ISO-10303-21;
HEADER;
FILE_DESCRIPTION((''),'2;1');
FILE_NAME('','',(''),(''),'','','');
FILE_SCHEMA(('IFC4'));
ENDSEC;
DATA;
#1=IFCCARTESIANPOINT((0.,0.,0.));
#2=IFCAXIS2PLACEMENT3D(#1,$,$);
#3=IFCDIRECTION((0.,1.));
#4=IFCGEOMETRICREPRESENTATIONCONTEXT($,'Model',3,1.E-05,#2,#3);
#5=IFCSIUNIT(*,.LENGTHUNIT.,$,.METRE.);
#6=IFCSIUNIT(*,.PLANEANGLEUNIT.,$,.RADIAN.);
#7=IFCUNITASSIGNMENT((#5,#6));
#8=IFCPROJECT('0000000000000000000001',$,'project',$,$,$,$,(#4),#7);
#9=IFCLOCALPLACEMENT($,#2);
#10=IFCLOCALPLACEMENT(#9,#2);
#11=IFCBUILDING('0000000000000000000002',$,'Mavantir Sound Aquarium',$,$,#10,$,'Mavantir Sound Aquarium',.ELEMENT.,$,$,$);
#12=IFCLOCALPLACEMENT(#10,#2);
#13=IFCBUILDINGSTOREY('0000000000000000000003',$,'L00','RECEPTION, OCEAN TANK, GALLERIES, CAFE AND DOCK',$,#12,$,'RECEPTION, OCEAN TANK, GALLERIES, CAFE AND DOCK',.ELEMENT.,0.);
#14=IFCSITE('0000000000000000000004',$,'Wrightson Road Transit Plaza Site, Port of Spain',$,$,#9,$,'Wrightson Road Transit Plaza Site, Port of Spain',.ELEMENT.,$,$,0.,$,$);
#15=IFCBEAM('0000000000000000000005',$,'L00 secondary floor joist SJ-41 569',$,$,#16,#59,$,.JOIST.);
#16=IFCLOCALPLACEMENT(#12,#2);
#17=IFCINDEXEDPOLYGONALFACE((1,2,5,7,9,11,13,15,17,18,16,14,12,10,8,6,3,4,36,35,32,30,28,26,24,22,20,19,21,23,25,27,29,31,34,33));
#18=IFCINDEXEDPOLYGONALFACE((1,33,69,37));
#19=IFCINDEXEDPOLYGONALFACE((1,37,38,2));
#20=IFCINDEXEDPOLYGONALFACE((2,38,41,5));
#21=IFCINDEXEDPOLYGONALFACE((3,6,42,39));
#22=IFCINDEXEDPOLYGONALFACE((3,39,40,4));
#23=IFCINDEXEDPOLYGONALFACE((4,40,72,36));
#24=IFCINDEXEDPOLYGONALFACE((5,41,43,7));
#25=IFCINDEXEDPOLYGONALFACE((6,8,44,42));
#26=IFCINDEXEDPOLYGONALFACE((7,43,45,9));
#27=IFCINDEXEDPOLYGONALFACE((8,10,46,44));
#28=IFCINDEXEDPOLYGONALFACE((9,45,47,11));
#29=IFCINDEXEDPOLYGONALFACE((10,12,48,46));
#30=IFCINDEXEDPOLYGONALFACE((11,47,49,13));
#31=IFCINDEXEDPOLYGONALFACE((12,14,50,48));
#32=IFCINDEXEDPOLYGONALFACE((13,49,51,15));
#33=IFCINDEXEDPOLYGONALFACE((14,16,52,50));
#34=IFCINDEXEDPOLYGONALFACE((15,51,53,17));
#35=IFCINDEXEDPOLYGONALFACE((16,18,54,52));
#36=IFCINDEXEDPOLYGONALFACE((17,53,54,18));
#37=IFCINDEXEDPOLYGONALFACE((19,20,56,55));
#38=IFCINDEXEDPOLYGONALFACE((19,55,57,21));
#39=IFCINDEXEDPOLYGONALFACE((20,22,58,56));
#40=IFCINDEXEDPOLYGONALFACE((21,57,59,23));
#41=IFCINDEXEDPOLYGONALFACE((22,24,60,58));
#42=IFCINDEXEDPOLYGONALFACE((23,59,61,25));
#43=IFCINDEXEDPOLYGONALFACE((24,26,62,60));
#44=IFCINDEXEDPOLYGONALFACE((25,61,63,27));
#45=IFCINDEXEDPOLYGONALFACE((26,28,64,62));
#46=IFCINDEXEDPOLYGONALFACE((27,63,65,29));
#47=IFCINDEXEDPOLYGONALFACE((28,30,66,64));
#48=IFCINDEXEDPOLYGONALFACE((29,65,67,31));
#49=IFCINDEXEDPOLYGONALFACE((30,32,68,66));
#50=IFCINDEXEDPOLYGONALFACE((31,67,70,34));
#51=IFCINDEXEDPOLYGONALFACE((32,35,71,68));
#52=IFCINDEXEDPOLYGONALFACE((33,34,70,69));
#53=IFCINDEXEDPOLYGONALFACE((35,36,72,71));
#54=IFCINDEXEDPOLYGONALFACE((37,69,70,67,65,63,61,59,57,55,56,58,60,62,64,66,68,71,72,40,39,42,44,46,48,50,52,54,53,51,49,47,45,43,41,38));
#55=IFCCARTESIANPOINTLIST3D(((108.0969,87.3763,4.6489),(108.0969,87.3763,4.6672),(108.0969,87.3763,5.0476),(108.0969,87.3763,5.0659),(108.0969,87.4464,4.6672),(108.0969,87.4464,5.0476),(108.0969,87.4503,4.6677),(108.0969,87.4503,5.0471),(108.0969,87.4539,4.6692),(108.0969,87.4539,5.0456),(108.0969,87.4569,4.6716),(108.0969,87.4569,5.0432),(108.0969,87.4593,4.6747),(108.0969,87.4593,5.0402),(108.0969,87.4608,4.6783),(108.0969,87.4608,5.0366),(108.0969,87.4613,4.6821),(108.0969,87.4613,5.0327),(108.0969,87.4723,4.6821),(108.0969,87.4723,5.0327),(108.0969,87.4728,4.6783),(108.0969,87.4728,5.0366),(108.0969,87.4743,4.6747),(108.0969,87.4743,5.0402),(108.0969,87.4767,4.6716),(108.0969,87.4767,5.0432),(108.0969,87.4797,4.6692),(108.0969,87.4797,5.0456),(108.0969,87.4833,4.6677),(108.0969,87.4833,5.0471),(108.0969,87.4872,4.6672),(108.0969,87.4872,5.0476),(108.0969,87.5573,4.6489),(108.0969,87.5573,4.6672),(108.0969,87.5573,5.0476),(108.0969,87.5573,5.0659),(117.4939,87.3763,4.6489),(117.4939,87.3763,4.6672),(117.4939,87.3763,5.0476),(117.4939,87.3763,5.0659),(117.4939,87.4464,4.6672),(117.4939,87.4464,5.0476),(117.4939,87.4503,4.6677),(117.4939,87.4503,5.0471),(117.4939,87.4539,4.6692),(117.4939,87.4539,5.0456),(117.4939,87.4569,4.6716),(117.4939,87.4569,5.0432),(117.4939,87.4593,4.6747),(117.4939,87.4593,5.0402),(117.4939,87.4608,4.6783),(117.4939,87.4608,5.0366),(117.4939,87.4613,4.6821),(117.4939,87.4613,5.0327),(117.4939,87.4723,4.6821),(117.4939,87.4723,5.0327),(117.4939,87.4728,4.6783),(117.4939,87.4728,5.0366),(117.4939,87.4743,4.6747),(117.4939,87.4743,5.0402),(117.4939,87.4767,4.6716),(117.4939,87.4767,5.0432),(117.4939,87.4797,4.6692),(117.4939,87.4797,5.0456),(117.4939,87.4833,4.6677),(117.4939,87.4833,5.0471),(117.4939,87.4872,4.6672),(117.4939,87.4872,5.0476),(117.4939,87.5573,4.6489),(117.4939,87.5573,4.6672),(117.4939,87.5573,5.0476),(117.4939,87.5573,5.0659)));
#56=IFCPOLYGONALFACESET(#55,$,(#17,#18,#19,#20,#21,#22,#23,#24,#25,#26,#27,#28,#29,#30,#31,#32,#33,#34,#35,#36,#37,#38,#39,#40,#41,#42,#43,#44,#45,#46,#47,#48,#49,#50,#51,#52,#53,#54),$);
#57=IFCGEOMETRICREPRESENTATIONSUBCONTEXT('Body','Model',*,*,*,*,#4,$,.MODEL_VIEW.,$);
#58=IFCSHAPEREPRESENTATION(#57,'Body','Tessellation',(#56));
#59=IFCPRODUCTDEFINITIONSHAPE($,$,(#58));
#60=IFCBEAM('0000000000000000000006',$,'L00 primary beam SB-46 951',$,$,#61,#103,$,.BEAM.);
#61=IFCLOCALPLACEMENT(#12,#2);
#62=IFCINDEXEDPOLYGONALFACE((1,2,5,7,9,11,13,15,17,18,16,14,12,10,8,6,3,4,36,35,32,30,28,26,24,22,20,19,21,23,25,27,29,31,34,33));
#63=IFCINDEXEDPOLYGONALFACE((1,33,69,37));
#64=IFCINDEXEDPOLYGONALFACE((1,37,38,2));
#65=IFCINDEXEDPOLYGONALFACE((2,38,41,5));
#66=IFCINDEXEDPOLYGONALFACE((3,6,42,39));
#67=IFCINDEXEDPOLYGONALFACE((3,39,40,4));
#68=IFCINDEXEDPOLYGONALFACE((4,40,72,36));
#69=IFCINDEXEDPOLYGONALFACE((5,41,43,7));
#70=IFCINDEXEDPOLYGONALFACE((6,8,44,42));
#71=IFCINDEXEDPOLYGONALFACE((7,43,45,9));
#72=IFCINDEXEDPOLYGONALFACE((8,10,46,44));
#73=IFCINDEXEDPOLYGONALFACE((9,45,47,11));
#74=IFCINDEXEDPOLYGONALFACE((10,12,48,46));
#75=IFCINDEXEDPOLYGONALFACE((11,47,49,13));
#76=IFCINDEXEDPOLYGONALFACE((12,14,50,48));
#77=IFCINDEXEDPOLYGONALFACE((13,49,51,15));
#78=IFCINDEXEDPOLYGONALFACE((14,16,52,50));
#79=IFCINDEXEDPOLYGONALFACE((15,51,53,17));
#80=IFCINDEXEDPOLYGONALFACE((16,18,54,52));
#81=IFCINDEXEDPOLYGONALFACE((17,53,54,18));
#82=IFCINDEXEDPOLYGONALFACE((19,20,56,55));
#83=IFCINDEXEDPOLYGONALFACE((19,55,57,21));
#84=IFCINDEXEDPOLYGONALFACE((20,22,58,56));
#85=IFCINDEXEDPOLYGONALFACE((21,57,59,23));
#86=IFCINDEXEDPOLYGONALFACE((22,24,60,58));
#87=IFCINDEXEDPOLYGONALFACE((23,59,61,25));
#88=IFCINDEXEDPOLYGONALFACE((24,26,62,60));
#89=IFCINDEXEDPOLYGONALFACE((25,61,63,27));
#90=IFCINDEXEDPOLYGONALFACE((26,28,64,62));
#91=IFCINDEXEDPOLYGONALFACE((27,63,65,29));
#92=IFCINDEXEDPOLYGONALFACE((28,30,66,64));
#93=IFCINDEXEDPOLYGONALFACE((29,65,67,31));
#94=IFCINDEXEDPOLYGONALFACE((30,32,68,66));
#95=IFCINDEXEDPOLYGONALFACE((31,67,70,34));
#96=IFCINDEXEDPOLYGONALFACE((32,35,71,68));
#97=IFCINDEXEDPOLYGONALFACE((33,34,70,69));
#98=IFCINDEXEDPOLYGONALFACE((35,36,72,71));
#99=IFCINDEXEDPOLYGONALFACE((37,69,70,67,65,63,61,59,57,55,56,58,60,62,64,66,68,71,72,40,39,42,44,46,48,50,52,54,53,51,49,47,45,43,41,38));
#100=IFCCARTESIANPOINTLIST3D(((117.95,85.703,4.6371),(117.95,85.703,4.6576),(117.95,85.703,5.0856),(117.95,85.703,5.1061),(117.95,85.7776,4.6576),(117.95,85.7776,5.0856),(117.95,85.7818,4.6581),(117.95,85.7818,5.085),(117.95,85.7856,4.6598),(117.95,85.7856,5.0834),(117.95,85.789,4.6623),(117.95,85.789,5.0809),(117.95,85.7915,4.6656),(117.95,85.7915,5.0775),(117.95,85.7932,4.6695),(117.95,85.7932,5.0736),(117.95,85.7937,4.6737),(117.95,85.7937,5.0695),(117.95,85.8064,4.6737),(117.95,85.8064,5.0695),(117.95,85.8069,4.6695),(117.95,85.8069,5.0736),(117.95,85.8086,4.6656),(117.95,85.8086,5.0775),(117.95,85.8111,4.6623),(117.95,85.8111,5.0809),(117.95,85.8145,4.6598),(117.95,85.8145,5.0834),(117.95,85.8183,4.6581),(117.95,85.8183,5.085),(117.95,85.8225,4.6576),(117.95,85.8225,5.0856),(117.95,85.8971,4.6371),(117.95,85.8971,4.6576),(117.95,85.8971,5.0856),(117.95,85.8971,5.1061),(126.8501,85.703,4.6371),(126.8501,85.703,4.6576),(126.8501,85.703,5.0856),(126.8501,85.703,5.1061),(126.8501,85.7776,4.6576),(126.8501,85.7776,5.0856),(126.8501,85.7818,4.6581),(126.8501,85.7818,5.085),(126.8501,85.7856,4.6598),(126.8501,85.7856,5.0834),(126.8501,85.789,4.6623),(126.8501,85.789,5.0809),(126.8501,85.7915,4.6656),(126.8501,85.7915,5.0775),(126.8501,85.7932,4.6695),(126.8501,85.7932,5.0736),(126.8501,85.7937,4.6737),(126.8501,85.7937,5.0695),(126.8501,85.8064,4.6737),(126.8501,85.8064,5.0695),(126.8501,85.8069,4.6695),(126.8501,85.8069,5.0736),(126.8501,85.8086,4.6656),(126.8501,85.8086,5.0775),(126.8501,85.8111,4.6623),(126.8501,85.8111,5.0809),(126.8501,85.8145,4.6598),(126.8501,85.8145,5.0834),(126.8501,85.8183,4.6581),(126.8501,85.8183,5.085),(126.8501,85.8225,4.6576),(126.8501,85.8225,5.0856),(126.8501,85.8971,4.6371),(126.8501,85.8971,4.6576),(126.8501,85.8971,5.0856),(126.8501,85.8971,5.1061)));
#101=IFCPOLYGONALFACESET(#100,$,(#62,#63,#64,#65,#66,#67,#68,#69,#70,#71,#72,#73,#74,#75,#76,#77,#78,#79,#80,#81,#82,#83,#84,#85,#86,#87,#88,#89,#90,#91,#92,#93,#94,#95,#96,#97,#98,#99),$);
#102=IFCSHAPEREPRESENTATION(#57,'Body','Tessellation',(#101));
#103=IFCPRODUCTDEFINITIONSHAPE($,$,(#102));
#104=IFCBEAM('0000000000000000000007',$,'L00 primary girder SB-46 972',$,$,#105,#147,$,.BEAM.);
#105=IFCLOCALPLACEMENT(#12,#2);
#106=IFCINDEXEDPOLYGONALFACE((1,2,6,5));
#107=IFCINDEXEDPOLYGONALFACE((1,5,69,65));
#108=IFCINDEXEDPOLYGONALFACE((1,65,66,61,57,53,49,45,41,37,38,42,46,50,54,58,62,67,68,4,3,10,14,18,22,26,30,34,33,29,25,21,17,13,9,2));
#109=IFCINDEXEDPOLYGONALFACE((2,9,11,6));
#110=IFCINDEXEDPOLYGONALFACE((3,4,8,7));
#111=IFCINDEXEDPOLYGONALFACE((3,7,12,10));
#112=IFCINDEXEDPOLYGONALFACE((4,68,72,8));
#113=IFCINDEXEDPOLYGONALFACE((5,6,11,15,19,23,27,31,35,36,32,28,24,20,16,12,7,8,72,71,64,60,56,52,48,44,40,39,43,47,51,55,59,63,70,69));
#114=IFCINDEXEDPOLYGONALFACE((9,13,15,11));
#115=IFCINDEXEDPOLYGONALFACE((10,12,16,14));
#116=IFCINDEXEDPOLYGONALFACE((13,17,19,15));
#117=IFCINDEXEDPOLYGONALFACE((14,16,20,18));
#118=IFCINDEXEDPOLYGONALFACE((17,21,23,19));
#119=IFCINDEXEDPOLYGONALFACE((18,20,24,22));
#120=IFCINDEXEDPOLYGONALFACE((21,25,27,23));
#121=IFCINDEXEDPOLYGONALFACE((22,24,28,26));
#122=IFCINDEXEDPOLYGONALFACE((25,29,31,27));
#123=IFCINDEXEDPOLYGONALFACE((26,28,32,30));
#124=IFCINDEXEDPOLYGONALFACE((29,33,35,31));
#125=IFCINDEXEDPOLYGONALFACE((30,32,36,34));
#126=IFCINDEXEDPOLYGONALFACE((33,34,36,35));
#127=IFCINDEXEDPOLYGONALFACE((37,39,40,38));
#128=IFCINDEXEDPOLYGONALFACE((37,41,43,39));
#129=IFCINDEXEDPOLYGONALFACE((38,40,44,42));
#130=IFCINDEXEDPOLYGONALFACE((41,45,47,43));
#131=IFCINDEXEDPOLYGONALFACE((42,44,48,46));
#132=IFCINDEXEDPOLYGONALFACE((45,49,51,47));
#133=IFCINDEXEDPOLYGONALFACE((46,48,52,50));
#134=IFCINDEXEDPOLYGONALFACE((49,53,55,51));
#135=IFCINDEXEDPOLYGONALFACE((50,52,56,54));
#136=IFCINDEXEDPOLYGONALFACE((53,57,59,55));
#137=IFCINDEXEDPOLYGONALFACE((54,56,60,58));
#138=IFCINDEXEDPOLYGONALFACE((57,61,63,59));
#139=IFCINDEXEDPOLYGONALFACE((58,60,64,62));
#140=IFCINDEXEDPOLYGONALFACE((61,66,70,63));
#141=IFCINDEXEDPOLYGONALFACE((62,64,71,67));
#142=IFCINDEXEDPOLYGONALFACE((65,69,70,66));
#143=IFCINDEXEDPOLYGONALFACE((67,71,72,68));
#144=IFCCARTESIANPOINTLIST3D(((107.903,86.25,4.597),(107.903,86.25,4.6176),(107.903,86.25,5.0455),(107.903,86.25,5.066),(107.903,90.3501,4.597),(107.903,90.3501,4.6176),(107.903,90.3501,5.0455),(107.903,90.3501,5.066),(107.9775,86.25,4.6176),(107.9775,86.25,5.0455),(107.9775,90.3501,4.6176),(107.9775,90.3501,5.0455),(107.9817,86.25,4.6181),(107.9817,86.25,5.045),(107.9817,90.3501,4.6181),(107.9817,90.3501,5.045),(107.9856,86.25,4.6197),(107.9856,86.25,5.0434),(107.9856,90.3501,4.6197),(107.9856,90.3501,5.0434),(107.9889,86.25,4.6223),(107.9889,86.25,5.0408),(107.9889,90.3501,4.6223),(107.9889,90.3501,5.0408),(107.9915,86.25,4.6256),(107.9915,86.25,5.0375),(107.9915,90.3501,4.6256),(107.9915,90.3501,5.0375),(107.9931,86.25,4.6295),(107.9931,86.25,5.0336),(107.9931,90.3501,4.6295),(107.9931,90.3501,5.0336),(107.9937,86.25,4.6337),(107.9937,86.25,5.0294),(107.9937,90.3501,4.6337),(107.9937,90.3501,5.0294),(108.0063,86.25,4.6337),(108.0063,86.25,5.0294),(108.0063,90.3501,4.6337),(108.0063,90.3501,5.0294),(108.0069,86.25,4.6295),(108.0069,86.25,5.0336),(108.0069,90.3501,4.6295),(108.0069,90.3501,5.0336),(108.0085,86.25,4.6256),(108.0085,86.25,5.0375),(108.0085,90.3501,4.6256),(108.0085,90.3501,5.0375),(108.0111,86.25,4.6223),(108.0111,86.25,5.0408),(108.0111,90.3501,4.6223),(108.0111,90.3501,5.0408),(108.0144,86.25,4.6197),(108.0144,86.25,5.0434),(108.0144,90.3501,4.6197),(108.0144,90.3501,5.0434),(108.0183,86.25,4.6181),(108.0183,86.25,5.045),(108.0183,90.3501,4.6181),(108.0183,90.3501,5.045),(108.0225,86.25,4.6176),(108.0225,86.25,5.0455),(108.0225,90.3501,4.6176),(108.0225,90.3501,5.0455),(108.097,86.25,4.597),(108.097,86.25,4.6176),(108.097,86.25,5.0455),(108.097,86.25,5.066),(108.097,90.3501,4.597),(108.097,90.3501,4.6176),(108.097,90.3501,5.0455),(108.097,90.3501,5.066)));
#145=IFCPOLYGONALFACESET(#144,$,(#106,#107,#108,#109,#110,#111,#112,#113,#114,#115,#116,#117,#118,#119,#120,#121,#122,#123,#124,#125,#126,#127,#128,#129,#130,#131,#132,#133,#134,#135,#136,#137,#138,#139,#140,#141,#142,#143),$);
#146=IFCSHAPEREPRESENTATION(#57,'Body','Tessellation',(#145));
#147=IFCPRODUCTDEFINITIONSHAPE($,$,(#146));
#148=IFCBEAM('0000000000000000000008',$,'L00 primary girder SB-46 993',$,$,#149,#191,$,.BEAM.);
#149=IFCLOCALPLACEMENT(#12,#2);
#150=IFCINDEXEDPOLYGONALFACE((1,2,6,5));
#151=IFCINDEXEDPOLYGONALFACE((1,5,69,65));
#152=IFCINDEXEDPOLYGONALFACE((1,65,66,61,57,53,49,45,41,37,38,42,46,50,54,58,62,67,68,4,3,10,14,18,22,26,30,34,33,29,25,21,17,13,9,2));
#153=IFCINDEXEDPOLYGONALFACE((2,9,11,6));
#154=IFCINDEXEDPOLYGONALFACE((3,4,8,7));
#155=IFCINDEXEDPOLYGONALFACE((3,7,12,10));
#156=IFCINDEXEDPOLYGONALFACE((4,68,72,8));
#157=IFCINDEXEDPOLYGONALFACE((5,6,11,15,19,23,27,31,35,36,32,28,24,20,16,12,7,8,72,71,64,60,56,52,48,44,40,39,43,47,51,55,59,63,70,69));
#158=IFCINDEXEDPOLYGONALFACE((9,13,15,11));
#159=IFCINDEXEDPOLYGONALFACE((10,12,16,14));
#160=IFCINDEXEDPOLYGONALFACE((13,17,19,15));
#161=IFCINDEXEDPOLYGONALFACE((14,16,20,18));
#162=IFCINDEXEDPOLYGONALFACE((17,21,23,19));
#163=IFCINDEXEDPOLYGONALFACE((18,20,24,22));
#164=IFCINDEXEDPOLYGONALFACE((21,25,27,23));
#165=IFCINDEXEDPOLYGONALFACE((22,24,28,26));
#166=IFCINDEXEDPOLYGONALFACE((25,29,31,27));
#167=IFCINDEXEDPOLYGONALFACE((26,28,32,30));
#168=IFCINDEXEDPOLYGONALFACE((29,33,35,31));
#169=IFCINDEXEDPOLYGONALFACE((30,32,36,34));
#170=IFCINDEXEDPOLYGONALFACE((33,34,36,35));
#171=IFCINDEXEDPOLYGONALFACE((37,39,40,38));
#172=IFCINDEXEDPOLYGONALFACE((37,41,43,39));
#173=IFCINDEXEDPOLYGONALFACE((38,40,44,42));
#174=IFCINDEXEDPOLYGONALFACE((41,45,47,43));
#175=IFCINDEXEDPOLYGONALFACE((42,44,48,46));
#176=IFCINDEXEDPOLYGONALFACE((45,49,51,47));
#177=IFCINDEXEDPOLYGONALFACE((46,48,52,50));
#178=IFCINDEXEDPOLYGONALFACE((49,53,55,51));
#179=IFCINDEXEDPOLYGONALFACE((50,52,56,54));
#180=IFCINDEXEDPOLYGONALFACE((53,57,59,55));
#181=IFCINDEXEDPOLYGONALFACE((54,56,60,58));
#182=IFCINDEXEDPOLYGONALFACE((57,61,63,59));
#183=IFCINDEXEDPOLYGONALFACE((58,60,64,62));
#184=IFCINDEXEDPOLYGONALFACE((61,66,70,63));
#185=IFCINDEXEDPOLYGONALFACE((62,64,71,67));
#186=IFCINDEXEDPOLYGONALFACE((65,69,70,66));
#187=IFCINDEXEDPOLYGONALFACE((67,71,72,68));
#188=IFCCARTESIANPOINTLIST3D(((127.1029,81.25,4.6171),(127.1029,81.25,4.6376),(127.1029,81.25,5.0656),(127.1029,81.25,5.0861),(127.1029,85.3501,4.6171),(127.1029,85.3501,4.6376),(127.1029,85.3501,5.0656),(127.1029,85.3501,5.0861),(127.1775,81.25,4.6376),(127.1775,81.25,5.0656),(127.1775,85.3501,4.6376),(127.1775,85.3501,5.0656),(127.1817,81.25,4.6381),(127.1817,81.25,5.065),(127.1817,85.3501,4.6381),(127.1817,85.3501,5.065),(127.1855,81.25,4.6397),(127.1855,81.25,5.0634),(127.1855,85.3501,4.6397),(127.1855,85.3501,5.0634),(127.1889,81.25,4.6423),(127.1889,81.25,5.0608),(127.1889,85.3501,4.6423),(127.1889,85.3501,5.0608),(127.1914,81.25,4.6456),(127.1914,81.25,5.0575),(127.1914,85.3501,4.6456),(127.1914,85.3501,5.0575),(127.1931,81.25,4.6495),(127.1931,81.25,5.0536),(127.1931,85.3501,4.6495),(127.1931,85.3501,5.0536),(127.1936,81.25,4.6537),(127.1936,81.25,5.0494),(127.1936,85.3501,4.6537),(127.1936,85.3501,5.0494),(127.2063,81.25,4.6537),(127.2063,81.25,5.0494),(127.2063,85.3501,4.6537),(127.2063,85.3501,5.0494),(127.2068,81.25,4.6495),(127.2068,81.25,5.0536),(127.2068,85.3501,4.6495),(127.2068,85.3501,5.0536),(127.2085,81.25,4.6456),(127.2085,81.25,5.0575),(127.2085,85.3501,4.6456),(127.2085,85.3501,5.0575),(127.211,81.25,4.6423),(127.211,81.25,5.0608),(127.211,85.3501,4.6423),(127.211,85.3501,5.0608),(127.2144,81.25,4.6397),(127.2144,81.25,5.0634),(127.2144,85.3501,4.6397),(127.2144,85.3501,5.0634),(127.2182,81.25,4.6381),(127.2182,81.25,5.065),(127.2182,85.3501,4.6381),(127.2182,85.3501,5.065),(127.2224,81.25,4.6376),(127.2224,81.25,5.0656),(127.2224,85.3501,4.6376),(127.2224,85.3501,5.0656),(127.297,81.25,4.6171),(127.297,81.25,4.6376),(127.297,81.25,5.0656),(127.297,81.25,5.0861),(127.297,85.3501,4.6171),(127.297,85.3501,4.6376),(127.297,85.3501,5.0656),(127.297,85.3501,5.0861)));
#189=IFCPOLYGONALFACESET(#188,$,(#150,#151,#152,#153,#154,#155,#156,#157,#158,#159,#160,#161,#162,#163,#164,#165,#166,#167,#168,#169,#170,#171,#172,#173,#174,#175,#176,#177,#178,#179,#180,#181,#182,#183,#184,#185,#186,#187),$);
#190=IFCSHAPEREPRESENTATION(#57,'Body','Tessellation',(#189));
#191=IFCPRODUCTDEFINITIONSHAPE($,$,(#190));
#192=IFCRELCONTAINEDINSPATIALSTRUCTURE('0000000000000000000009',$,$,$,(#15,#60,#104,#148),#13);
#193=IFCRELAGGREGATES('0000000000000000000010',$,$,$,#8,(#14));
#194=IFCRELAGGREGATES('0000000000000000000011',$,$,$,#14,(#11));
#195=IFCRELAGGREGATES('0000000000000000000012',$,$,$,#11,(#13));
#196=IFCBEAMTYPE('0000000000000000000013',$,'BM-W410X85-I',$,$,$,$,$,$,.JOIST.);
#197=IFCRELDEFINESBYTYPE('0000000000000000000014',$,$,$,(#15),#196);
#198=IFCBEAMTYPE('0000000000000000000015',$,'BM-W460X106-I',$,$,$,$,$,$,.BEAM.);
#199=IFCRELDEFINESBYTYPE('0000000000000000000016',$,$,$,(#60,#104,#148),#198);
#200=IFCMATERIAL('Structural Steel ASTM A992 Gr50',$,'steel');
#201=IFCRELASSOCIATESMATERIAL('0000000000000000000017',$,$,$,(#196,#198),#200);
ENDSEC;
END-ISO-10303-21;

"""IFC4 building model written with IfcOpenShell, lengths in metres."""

from ifc_helpers import new_model, si_unit, direction, frame, origin, origin_2d, place, context, subcontext, project, spatial, i_section, extrude, material, material_profile, profile_set, type_object, element, save


model = new_model("IFC4")

# Units and contexts
model_context = context("Model", 3, precision=1e-05, world=origin(), true_north=direction((0.0, 1.0)))
body_context = subcontext(model_context, "Body", "Model", "MODEL_VIEW")
ifc_project = project(units=[si_unit("LENGTHUNIT", "METRE"), si_unit("PLANEANGLEUNIT", "RADIAN")], contexts=[model_context])

# Site, building, storey
site_placement = place(None, origin())
site = spatial("IfcSite", under=ifc_project, at=site_placement, Name="Wrightson Road Transit Plaza Site, Port of Spain", LongName="Wrightson Road Transit Plaza Site, Port of Spain", CompositionType="ELEMENT", RefElevation=0.0)
building_placement = place(site_placement, origin())
building = spatial("IfcBuilding", under=site, at=building_placement, Name="Mavantir Sound Aquarium", LongName="Mavantir Sound Aquarium", CompositionType="ELEMENT")
storey_placement = place(building_placement, origin())
storey = spatial("IfcBuildingStorey", under=building, at=storey_placement, Name="L00", Description="RECEPTION, OCEAN TANK, GALLERIES, CAFE AND DOCK", LongName="RECEPTION, OCEAN TANK, GALLERIES, CAFE AND DOCK", CompositionType="ELEMENT", Elevation=0.0)

# Beams
ifc_material_1 = material(Name="Structural Steel ASTM A992 Gr50", Category="steel")
ifc_material_profile_1 = material_profile(ifc_material_1, i_section(OverallWidth=0.1809, OverallDepth=0.417, WebThickness=0.011, FlangeThickness=0.0183, FilletRadius=0.0149, at=origin_2d()), Name="W410X85")
ifc_profile_set_1 = profile_set([ifc_material_profile_1], Name="Structural Steel ASTM A992 Gr50")
beam_type_1 = type_object("IfcBeamType", Name="BM-W410X85-I", PredefinedType="JOIST", material=ifc_profile_set_1)
beam_1_placement = place(storey_placement, frame((108.0969, 87.4668, 4.8574), z_axis=(1.0, 0.0, 0.0), x_axis=(0.0, 1.0, 0.0)))
element("IfcBeam", 1, at=beam_1_placement, inside=storey, type_object=beam_type_1, Name="L00 secondary floor joist SJ-41 569", PredefinedType="JOIST", context=body_context, shape_type="SweptSolid", body=[
    extrude(i_section(OverallWidth=0.1809, OverallDepth=0.417, WebThickness=0.011, FlangeThickness=0.0183, FilletRadius=0.0149, at=origin_2d()), origin(), (0.0, 0.0, 1.0), 9.397),
])
ifc_material_profile_2 = material_profile(ifc_material_1, i_section(OverallWidth=0.1941, OverallDepth=0.469, WebThickness=0.0127, FlangeThickness=0.0205, FilletRadius=0.0161, at=origin_2d()), Name="W460X106")
ifc_profile_set_2 = profile_set([ifc_material_profile_2], Name="Structural Steel ASTM A992 Gr50")
beam_type_2 = type_object("IfcBeamType", Name="BM-W460X106-I", PredefinedType="BEAM", material=ifc_profile_set_2)
beam_2_placement = place(storey_placement, frame((117.95, 85.8, 4.8716), z_axis=(1.0, 0.0, 0.0), x_axis=(0.0, 1.0, 0.0)))
element("IfcBeam", 2, at=beam_2_placement, inside=storey, type_object=beam_type_2, Name="L00 primary beam SB-46 951", PredefinedType="BEAM", context=body_context, shape_type="SweptSolid", body=[
    extrude(i_section(OverallWidth=0.1941, OverallDepth=0.469, WebThickness=0.0127, FlangeThickness=0.0205, FilletRadius=0.0161, at=origin_2d()), origin(), (0.0, 0.0, 1.0), 8.9001),
])
for number, where, z_axis, x_axis, name in (
    (3, (108.0, 86.25, 4.8315), (0.0, 1.0, 0.0), (-1.0, 0.0, 0.0), "L00 primary girder SB-46 972"),
    (4, (127.2, 81.25, 4.8516), (0.0, 1.0, 0.0), (-1.0, 0.0, 0.0), "L00 primary girder SB-46 993"),
):
    element("IfcBeam", number, at=place(storey_placement, frame(where, z_axis=z_axis, x_axis=x_axis)), inside=storey, type_object=beam_type_2, Name=name, PredefinedType="BEAM", context=body_context, shape_type="SweptSolid", body=[
        extrude(i_section(OverallWidth=0.1941, OverallDepth=0.469, WebThickness=0.0127, FlangeThickness=0.0205, FilletRadius=0.0161, at=origin_2d()), origin(), (0.0, 0.0, 1.0), 4.1001),
    ])

save(model, "model.ifc")
